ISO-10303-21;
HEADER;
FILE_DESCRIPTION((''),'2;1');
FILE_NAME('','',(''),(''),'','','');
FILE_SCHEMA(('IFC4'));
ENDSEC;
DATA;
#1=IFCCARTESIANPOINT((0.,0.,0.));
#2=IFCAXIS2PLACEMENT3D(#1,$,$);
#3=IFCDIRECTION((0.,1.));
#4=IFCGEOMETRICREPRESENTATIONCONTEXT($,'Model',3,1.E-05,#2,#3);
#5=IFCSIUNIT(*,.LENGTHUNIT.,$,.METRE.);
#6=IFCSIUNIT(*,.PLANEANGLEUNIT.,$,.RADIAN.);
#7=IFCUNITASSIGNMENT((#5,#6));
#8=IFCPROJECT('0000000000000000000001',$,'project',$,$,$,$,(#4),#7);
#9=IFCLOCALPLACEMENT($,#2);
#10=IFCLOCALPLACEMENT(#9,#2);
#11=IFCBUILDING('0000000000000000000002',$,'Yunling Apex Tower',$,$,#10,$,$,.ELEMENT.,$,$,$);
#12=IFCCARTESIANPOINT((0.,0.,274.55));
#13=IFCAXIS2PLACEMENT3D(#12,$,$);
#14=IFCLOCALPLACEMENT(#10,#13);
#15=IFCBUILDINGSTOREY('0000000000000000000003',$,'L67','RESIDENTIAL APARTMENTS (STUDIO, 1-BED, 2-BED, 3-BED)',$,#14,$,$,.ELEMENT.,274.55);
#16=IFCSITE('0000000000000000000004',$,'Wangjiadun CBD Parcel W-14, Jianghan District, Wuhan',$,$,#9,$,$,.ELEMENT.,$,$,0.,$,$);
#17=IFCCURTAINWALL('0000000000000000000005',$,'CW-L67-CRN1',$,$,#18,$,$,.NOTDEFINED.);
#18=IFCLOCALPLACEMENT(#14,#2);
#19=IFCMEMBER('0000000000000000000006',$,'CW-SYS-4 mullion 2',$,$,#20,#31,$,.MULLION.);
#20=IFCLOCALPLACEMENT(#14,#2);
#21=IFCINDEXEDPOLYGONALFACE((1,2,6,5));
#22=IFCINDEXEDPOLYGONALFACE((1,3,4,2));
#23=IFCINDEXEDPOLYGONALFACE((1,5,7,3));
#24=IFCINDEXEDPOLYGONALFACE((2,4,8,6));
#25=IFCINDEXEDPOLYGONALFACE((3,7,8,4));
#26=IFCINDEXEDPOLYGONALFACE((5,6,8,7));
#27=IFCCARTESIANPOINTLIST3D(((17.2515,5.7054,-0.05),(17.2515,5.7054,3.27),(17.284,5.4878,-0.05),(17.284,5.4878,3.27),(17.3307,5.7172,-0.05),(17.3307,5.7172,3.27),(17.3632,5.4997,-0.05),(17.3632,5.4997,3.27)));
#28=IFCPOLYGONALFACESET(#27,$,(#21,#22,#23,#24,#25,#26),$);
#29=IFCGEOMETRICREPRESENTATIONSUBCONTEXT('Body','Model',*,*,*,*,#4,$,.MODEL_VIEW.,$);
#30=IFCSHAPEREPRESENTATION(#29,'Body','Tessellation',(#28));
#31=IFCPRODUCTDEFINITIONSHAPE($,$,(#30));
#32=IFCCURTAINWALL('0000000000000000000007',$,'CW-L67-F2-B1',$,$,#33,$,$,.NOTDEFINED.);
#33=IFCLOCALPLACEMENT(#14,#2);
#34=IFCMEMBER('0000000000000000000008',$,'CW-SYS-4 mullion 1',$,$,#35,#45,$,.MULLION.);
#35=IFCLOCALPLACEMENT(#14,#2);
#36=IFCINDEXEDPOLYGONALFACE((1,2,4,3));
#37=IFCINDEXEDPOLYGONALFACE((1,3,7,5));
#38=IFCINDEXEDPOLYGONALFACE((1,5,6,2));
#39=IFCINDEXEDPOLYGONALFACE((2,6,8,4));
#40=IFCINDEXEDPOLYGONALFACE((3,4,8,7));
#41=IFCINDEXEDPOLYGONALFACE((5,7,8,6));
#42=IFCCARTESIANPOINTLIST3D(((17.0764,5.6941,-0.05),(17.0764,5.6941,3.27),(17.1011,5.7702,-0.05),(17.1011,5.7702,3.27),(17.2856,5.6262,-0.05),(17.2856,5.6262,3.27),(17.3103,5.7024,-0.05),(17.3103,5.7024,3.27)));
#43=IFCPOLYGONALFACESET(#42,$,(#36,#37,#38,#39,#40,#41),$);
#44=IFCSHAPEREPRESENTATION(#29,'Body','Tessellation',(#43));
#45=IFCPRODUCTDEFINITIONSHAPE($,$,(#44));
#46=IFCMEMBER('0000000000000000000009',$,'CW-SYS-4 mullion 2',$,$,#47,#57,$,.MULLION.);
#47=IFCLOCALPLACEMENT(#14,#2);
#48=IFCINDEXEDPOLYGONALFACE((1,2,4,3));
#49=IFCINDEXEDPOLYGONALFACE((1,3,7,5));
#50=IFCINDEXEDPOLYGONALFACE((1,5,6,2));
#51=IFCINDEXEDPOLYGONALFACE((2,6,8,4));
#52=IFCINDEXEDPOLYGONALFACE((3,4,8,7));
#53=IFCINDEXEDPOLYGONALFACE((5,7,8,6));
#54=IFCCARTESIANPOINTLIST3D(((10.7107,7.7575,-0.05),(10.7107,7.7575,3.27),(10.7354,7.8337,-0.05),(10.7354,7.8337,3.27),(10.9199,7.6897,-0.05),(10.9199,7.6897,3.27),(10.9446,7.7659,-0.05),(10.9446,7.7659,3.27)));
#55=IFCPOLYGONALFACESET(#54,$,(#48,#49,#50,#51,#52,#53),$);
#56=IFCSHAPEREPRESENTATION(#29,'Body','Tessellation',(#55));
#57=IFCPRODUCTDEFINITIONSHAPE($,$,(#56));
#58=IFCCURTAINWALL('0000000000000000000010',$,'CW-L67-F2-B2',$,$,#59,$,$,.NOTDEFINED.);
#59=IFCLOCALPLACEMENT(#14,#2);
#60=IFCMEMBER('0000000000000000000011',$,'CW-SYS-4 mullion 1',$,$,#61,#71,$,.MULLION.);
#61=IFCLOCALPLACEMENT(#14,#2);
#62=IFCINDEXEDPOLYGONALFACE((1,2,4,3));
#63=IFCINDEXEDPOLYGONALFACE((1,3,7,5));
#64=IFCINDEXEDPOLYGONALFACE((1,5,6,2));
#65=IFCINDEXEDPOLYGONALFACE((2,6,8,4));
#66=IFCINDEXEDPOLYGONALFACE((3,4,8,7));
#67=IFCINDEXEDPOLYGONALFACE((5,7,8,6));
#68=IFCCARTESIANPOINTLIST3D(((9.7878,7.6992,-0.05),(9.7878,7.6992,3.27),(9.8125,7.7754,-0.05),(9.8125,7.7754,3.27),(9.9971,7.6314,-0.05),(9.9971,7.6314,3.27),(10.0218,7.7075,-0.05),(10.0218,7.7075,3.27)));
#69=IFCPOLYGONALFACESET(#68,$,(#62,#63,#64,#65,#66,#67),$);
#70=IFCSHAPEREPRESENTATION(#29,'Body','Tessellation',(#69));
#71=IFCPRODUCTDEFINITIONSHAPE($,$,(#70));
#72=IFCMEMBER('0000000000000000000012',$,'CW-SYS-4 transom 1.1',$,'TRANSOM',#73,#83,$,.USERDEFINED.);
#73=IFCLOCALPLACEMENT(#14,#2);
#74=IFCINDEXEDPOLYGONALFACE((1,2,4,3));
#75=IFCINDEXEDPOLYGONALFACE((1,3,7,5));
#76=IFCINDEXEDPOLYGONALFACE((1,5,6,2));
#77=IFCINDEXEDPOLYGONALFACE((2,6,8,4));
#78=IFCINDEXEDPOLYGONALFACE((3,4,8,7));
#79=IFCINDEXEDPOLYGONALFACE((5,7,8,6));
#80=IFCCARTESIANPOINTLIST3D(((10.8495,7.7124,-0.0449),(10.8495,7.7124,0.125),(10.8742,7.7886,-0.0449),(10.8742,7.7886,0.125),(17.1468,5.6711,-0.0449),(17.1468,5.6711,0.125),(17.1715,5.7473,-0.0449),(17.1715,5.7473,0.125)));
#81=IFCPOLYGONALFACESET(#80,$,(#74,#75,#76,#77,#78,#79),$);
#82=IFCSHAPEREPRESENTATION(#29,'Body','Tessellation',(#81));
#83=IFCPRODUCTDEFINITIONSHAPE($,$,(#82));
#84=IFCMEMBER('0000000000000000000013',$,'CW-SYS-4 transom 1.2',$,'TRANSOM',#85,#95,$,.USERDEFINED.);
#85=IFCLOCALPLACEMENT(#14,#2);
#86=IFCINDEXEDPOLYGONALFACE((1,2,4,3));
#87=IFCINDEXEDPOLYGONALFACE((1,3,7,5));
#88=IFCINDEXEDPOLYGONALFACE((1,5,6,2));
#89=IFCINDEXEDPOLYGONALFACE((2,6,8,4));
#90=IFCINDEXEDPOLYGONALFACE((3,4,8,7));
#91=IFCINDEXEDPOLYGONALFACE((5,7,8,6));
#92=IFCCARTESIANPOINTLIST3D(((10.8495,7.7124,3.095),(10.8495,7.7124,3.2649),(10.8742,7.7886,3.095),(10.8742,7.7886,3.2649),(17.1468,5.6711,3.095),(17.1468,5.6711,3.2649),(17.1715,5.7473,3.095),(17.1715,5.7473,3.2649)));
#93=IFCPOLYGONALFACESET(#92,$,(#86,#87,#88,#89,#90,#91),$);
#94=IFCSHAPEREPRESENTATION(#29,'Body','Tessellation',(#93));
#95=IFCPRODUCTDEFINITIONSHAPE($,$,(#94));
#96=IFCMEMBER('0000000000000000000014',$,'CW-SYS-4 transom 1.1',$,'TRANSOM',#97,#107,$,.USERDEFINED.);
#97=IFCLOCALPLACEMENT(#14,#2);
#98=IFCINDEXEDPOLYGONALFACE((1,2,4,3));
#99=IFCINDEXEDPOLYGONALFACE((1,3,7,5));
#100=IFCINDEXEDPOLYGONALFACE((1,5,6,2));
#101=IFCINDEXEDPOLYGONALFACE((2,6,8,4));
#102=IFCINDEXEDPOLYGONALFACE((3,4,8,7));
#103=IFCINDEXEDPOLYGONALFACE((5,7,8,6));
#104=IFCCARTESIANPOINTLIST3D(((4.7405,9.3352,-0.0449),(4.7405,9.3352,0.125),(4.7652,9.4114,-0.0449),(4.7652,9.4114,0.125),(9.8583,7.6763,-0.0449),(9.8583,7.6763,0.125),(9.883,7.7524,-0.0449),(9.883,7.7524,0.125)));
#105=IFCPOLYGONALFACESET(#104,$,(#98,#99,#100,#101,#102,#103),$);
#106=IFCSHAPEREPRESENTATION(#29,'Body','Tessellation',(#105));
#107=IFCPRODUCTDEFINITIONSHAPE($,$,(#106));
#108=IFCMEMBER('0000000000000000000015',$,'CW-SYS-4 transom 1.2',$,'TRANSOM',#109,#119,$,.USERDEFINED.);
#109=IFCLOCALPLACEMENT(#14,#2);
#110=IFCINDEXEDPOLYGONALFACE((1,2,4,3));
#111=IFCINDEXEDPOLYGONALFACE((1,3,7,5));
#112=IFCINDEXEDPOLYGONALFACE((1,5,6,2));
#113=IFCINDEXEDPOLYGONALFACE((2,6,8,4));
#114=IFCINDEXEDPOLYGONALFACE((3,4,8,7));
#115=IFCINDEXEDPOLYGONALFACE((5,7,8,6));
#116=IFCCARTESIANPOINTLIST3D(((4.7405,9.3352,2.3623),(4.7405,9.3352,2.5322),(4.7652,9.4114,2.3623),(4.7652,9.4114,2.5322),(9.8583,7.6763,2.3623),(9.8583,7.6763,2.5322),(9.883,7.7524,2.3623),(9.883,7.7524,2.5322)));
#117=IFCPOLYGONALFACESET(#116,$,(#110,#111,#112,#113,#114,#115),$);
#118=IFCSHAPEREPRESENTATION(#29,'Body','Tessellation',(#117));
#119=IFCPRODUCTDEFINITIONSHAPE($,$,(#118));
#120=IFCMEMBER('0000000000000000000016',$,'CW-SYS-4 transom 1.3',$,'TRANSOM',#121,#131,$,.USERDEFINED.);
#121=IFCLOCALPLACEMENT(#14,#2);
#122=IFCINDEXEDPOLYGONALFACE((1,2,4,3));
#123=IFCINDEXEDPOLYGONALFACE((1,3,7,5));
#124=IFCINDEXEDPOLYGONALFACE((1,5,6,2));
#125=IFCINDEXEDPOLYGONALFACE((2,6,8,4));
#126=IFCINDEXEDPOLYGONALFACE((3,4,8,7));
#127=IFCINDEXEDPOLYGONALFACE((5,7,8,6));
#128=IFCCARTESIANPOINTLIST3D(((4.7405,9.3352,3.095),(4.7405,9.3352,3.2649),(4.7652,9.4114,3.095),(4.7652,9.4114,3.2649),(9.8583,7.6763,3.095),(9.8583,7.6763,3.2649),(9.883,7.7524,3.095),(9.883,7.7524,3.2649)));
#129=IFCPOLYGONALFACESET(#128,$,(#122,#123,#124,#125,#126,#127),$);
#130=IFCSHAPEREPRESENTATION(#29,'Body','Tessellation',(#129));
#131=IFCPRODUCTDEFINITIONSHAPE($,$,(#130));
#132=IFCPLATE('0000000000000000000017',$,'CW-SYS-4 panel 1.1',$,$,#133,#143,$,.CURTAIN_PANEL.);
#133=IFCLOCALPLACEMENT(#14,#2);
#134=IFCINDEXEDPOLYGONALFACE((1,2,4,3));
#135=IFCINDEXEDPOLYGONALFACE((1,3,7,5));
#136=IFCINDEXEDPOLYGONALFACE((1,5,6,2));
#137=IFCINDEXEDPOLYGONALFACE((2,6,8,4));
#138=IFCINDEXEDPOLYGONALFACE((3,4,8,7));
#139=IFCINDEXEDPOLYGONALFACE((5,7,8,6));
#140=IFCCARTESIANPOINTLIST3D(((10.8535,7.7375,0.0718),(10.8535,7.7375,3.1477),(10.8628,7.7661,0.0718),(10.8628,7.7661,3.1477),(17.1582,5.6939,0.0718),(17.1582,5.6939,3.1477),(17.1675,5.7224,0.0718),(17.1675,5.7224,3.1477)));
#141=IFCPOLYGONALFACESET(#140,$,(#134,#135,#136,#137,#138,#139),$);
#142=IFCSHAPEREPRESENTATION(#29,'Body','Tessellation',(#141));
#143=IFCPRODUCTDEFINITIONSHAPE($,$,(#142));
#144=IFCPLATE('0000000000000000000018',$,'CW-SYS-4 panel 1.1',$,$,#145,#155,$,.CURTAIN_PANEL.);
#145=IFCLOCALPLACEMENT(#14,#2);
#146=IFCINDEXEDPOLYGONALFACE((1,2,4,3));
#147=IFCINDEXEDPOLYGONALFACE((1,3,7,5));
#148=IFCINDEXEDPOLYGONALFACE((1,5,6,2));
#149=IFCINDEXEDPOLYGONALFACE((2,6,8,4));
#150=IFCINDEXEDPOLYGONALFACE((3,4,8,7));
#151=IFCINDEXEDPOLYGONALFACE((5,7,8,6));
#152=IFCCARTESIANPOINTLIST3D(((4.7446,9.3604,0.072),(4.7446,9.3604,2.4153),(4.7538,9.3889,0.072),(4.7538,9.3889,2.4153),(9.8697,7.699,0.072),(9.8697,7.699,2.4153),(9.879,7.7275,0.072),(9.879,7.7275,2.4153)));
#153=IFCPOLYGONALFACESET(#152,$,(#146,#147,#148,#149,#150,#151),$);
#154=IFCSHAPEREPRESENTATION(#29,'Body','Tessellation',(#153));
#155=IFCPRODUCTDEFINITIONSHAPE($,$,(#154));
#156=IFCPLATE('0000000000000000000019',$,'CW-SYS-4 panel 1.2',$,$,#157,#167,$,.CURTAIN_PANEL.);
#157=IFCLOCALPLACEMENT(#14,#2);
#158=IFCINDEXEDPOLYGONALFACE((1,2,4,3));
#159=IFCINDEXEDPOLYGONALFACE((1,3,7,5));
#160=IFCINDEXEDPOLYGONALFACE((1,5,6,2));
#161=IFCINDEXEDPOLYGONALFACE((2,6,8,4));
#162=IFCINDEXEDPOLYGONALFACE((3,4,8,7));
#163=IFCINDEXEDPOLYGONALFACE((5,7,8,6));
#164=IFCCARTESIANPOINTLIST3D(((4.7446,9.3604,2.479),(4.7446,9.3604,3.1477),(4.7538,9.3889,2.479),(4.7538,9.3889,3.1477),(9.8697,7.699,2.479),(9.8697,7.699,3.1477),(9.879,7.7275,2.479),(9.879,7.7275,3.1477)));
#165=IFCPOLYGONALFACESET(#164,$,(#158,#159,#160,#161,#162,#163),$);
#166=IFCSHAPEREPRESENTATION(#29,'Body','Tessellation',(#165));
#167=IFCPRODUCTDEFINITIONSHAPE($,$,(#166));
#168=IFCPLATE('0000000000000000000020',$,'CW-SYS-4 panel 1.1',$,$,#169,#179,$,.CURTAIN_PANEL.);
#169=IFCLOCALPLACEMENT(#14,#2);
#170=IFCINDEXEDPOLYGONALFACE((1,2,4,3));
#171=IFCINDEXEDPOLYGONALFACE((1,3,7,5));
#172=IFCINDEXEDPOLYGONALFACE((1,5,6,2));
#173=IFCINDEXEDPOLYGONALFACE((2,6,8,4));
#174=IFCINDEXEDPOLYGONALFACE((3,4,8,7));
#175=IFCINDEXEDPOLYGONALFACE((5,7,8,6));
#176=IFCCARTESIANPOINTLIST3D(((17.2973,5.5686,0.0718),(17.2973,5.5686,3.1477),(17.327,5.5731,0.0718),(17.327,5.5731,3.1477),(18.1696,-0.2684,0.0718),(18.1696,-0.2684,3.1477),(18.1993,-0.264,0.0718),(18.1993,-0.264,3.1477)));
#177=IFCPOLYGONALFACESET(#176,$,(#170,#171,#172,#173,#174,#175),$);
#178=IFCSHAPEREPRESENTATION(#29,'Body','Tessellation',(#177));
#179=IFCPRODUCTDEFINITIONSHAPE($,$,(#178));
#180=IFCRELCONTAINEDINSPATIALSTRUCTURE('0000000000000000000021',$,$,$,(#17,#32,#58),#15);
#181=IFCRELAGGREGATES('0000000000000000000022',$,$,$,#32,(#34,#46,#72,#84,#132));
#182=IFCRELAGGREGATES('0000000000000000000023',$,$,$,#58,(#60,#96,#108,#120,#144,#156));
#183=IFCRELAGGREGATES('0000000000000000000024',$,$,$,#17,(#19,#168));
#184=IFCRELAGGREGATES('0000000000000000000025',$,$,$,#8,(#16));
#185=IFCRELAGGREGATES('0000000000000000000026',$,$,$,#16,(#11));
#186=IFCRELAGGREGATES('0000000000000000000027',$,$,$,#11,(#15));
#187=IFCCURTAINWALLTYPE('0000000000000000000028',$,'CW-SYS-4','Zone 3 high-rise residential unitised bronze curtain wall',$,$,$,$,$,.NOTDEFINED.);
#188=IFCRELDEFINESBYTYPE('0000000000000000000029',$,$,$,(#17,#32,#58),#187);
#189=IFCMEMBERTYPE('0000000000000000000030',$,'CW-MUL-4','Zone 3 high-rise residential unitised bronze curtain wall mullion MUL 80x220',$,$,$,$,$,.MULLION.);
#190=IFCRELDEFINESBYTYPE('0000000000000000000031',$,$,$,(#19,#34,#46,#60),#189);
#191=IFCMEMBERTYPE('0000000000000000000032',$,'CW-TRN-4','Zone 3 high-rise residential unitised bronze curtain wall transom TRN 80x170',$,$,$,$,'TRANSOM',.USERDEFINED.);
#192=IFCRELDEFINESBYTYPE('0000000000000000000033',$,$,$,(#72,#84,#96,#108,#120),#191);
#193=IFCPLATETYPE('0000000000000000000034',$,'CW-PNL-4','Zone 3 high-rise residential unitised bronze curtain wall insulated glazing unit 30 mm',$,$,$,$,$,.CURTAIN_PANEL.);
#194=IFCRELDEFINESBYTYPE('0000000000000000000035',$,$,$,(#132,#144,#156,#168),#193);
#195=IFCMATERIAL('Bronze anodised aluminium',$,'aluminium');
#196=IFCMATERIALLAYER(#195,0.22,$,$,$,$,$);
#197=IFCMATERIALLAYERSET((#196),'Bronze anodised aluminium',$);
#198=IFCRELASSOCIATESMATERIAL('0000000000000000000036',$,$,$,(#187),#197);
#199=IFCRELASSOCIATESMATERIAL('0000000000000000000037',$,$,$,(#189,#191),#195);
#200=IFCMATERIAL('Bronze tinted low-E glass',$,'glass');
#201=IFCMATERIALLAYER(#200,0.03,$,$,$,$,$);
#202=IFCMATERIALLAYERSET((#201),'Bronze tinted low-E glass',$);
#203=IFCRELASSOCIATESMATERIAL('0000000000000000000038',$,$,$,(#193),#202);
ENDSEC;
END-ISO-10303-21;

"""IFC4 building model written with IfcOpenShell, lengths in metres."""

from ifc_helpers import new_model, si_unit, direction, frame, origin, origin_2d, place, context, subcontext, project, spatial, rectangle, extrude, source, transform, mapped, material, layer, layer_set, material_profile, profile_set, type_object, element, aggregate, save


model = new_model("IFC4")

# Units and contexts
model_context = context("Model", 3, precision=1e-05, world=origin(), true_north=direction((0.0, 1.0)))
body_context = subcontext(model_context, "Body", "Model", "MODEL_VIEW")
ifc_project = project(units=[si_unit("LENGTHUNIT", "METRE"), si_unit("PLANEANGLEUNIT", "RADIAN")], contexts=[model_context])

# Site, building, storey
site_placement = place(None, origin())
site = spatial("IfcSite", under=ifc_project, at=site_placement, Name="Wangjiadun CBD Parcel W-14, Jianghan District, Wuhan", CompositionType="ELEMENT", RefElevation=0.0)
building_placement = place(site_placement, origin())
building = spatial("IfcBuilding", under=site, at=building_placement, Name="Yunling Apex Tower", CompositionType="ELEMENT")
storey_placement = place(building_placement, frame((0.0, 0.0, 274.55)))
storey = spatial("IfcBuildingStorey", under=building, at=storey_placement, Name="L67", Description="RESIDENTIAL APARTMENTS (STUDIO, 1-BED, 2-BED, 3-BED)", CompositionType="ELEMENT", Elevation=274.55)

# Curtain wall, member
ifc_material_1 = material(Name="Bronze anodised aluminium", Category="aluminium")
ifc_layer_1 = layer(ifc_material_1, 0.22)
ifc_layer_set_1 = layer_set([ifc_layer_1], Name="Bronze anodised aluminium")
curtain_wall_type = type_object("IfcCurtainWallType", Name="CW-SYS-4", Description="Zone 3 high-rise residential unitised bronze curtain wall", PredefinedType="NOTDEFINED", material=ifc_layer_set_1)
curtain_wall_1_placement = place(storey_placement, origin())
curtain_wall_1 = element("IfcCurtainWall", 1, at=curtain_wall_1_placement, inside=storey, type_object=curtain_wall_type, Name="CW-L67-CRN1", PredefinedType="NOTDEFINED")
ifc_material_profile_1 = material_profile(ifc_material_1, rectangle(XDim=0.0801, YDim=0.22, at=origin_2d()))
ifc_profile_set_1 = profile_set([ifc_material_profile_1], Name="Bronze anodised aluminium")
member_type_1 = type_object("IfcMemberType", Name="CW-MUL-4", Description="Zone 3 high-rise residential unitised bronze curtain wall mullion MUL 80x220", PredefinedType="MULLION", material=ifc_profile_set_1)
shared_shape_1 = source(origin(), body_context, "Body", "SweptSolid", [
    extrude(rectangle(XDim=0.0801, YDim=0.22, at=origin_2d()), origin(), (0.0, 0.0, 1.0), 3.3201),
])
member_1_placement = place(storey_placement, frame((17.3074, 5.6025, -0.05), z_axis=(0.0, 0.0, 1.0), x_axis=(-0.989017, -0.147803, 0.0)))
member_1 = element("IfcMember", 2, at=member_1_placement, type_object=member_type_1, Name="CW-SYS-4 mullion 2", PredefinedType="MULLION", context=body_context, shape_type="MappedRepresentation", body=[
    mapped(shared_shape_1, transform((0.0, 0.0, 0.0), scale=1.0)),
])

# Curtain wall, members
curtain_wall_2_placement = place(storey_placement, origin())
curtain_wall_2 = element("IfcCurtainWall", 3, at=curtain_wall_2_placement, inside=storey, type_object=curtain_wall_type, Name="CW-L67-F2-B1", PredefinedType="NOTDEFINED")
member_2_placement = place(storey_placement, frame((17.1934, 5.6982, -0.05), z_axis=(0.0, 0.0, 1.0), x_axis=(-0.308353, -0.951272, 0.0)))
member_2 = element("IfcMember", 4, at=member_2_placement, type_object=member_type_1, Name="CW-SYS-4 mullion 1", PredefinedType="MULLION", context=body_context, shape_type="MappedRepresentation", body=[
    mapped(shared_shape_1, transform((0.0, 0.0, 0.0), scale=1.0)),
])
member_3_placement = place(storey_placement, frame((10.8276, 7.7617, -0.05), z_axis=(0.0, 0.0, 1.0), x_axis=(-0.308353, -0.951272, 0.0)))
member_3 = element("IfcMember", 5, at=member_3_placement, type_object=member_type_1, Name="CW-SYS-4 mullion 2", PredefinedType="MULLION", context=body_context, shape_type="MappedRepresentation", body=[
    mapped(shared_shape_1, transform((0.0, 0.0, 0.0), scale=1.0)),
])

# Curtain wall, member
curtain_wall_3_placement = place(storey_placement, origin())
curtain_wall_3 = element("IfcCurtainWall", 6, at=curtain_wall_3_placement, inside=storey, type_object=curtain_wall_type, Name="CW-L67-F2-B2", PredefinedType="NOTDEFINED")
member_4_placement = place(storey_placement, frame((9.9048, 7.7034, -0.05), z_axis=(0.0, 0.0, 1.0), x_axis=(-0.308369, -0.951267, 0.0)))
member_4 = element("IfcMember", 7, at=member_4_placement, type_object=member_type_1, Name="CW-SYS-4 mullion 1", PredefinedType="MULLION", context=body_context, shape_type="MappedRepresentation", body=[
    mapped(shared_shape_1, transform((0.0, 0.0, 0.0), scale=1.0)),
])

# Members
ifc_material_profile_2 = material_profile(ifc_material_1, rectangle(XDim=0.0801, YDim=0.1699, at=origin_2d()))
ifc_profile_set_2 = profile_set([ifc_material_profile_2], Name="Bronze anodised aluminium")
member_type_2 = type_object("IfcMemberType", Name="CW-TRN-4", Description="Zone 3 high-rise residential unitised bronze curtain wall transom TRN 80x170", ElementType="TRANSOM", PredefinedType="USERDEFINED", material=ifc_profile_set_2)
shared_shape_2 = source(origin(), body_context, "Body", "SweptSolid", [
    extrude(rectangle(XDim=0.0801, YDim=0.1699, at=origin_2d()), origin(), (0.0, 0.0, 1.0), 6.6199),
])
member_5_placement = place(storey_placement, frame((17.1592, 5.7092, 0.04), z_axis=(-0.951273, 0.30835, 0.0), x_axis=(-0.30835, -0.951273, 0.0)))
member_5 = element("IfcMember", 8, at=member_5_placement, type_object=member_type_2, Name="CW-SYS-4 transom 1.1", ObjectType="TRANSOM", PredefinedType="USERDEFINED", context=body_context, shape_type="MappedRepresentation", body=[
    mapped(shared_shape_2, transform((0.0, 0.0, 0.0), scale=1.0)),
])
member_6_placement = place(storey_placement, frame((17.1592, 5.7092, 3.1799), z_axis=(-0.951273, 0.30835, 0.0), x_axis=(-0.30835, -0.951273, 0.0)))
member_6 = element("IfcMember", 9, at=member_6_placement, type_object=member_type_2, Name="CW-SYS-4 transom 1.2", ObjectType="TRANSOM", PredefinedType="USERDEFINED", context=body_context, shape_type="MappedRepresentation", body=[
    mapped(shared_shape_2, transform((0.0, 0.0, 0.0), scale=1.0)),
])
shared_shape_3 = source(origin(), body_context, "Body", "SweptSolid", [
    extrude(rectangle(XDim=0.0801, YDim=0.1699, at=origin_2d()), origin(), (0.0, 0.0, 1.0), 5.3799),
])
member_7_placement = place(storey_placement, frame((9.8706, 7.7144, 0.04), z_axis=(-0.951269, 0.308362, 0.0), x_axis=(-0.308362, -0.951269, 0.0)))
member_7 = element("IfcMember", 10, at=member_7_placement, type_object=member_type_2, Name="CW-SYS-4 transom 1.1", ObjectType="TRANSOM", PredefinedType="USERDEFINED", context=body_context, shape_type="MappedRepresentation", body=[
    mapped(shared_shape_3, transform((0.0, 0.0, 0.0), scale=1.0)),
])
member_8_placement = place(storey_placement, frame((9.8706, 7.7144, 2.4473), z_axis=(-0.951269, 0.308362, 0.0), x_axis=(-0.308362, -0.951269, 0.0)))
member_8 = element("IfcMember", 11, at=member_8_placement, type_object=member_type_2, Name="CW-SYS-4 transom 1.2", ObjectType="TRANSOM", PredefinedType="USERDEFINED", context=body_context, shape_type="MappedRepresentation", body=[
    mapped(shared_shape_3, transform((0.0, 0.0, 0.0), scale=1.0)),
])
member_9_placement = place(storey_placement, frame((9.8706, 7.7144, 3.1799), z_axis=(-0.951269, 0.308362, 0.0), x_axis=(-0.308362, -0.951269, 0.0)))
member_9 = element("IfcMember", 12, at=member_9_placement, type_object=member_type_2, Name="CW-SYS-4 transom 1.3", ObjectType="TRANSOM", PredefinedType="USERDEFINED", context=body_context, shape_type="MappedRepresentation", body=[
    mapped(shared_shape_3, transform((0.0, 0.0, 0.0), scale=1.0)),
])

# Plates
ifc_material_2 = material(Name="Bronze tinted low-E glass", Category="glass")
ifc_layer_2 = layer(ifc_material_2, 0.03)
ifc_layer_set_2 = layer_set([ifc_layer_2], Name="Bronze tinted low-E glass")
plate_type = type_object("IfcPlateType", Name="CW-PNL-4", Description="Zone 3 high-rise residential unitised bronze curtain wall insulated glazing unit 30 mm", PredefinedType="CURTAIN_PANEL", material=ifc_layer_set_2)
shared_shape_4 = source(origin(), body_context, "Body", "SweptSolid", [
    extrude(rectangle(XDim=6.6277, YDim=0.03, at=origin_2d()), origin(), (0.0, 0.0, 1.0), 3.0759),
])
plate_1_placement = place(storey_placement, frame((14.0105, 6.73, 0.0718), z_axis=(0.0, 0.0, 1.0), x_axis=(-0.951272, 0.308353, 0.0)))
plate_1 = element("IfcPlate", 13, at=plate_1_placement, type_object=plate_type, Name="CW-SYS-4 panel 1.1", PredefinedType="CURTAIN_PANEL", context=body_context, shape_type="MappedRepresentation", body=[
    mapped(shared_shape_4, transform((0.0, 0.0, 0.0), scale=1.0)),
])
aggregate(curtain_wall_2, [member_2, member_3, member_5, member_6, plate_1])
shared_shape_5 = source(origin(), body_context, "Body", "SweptSolid", [
    extrude(rectangle(XDim=5.3877, YDim=0.03, at=origin_2d()), origin(), (0.0, 0.0, 1.0), 2.3433),
])
plate_2_placement = place(storey_placement, frame((7.3118, 8.5439, 0.072), z_axis=(0.0, 0.0, 1.0), x_axis=(-0.951267, 0.308369, 0.0)))
plate_2 = element("IfcPlate", 14, at=plate_2_placement, type_object=plate_type, Name="CW-SYS-4 panel 1.1", PredefinedType="CURTAIN_PANEL", context=body_context, shape_type="MappedRepresentation", body=[
    mapped(shared_shape_5, transform((0.0, 0.0, 0.0), scale=1.0)),
])
shared_shape_6 = source(origin(), body_context, "Body", "SweptSolid", [
    extrude(rectangle(XDim=5.3877, YDim=0.03, at=origin_2d()), origin(), (0.0, 0.0, 1.0), 0.6687),
])
plate_3_placement = place(storey_placement, frame((7.3118, 8.5439, 2.479), z_axis=(0.0, 0.0, 1.0), x_axis=(-0.951267, 0.308369, 0.0)))
plate_3 = element("IfcPlate", 15, at=plate_3_placement, type_object=plate_type, Name="CW-SYS-4 panel 1.2", PredefinedType="CURTAIN_PANEL", context=body_context, shape_type="MappedRepresentation", body=[
    mapped(shared_shape_6, transform((0.0, 0.0, 0.0), scale=1.0)),
])
aggregate(curtain_wall_3, [member_4, member_7, member_8, member_9, plate_2, plate_3])
shared_shape_7 = source(origin(), body_context, "Body", "SweptSolid", [
    extrude(rectangle(XDim=5.9019, YDim=0.03, at=origin_2d()), origin(), (0.0, 0.0, 1.0), 3.0759),
])
plate_4_placement = place(storey_placement, frame((17.7483, 2.6523, 0.0718), z_axis=(0.0, 0.0, 1.0), x_axis=(-0.147803, 0.989017, 0.0)))
plate_4 = element("IfcPlate", 16, at=plate_4_placement, type_object=plate_type, Name="CW-SYS-4 panel 1.1", PredefinedType="CURTAIN_PANEL", context=body_context, shape_type="MappedRepresentation", body=[
    mapped(shared_shape_7, transform((0.0, 0.0, 0.0), scale=1.0)),
])
aggregate(curtain_wall_1, [member_1, plate_4])

save(model, "model.ifc")
